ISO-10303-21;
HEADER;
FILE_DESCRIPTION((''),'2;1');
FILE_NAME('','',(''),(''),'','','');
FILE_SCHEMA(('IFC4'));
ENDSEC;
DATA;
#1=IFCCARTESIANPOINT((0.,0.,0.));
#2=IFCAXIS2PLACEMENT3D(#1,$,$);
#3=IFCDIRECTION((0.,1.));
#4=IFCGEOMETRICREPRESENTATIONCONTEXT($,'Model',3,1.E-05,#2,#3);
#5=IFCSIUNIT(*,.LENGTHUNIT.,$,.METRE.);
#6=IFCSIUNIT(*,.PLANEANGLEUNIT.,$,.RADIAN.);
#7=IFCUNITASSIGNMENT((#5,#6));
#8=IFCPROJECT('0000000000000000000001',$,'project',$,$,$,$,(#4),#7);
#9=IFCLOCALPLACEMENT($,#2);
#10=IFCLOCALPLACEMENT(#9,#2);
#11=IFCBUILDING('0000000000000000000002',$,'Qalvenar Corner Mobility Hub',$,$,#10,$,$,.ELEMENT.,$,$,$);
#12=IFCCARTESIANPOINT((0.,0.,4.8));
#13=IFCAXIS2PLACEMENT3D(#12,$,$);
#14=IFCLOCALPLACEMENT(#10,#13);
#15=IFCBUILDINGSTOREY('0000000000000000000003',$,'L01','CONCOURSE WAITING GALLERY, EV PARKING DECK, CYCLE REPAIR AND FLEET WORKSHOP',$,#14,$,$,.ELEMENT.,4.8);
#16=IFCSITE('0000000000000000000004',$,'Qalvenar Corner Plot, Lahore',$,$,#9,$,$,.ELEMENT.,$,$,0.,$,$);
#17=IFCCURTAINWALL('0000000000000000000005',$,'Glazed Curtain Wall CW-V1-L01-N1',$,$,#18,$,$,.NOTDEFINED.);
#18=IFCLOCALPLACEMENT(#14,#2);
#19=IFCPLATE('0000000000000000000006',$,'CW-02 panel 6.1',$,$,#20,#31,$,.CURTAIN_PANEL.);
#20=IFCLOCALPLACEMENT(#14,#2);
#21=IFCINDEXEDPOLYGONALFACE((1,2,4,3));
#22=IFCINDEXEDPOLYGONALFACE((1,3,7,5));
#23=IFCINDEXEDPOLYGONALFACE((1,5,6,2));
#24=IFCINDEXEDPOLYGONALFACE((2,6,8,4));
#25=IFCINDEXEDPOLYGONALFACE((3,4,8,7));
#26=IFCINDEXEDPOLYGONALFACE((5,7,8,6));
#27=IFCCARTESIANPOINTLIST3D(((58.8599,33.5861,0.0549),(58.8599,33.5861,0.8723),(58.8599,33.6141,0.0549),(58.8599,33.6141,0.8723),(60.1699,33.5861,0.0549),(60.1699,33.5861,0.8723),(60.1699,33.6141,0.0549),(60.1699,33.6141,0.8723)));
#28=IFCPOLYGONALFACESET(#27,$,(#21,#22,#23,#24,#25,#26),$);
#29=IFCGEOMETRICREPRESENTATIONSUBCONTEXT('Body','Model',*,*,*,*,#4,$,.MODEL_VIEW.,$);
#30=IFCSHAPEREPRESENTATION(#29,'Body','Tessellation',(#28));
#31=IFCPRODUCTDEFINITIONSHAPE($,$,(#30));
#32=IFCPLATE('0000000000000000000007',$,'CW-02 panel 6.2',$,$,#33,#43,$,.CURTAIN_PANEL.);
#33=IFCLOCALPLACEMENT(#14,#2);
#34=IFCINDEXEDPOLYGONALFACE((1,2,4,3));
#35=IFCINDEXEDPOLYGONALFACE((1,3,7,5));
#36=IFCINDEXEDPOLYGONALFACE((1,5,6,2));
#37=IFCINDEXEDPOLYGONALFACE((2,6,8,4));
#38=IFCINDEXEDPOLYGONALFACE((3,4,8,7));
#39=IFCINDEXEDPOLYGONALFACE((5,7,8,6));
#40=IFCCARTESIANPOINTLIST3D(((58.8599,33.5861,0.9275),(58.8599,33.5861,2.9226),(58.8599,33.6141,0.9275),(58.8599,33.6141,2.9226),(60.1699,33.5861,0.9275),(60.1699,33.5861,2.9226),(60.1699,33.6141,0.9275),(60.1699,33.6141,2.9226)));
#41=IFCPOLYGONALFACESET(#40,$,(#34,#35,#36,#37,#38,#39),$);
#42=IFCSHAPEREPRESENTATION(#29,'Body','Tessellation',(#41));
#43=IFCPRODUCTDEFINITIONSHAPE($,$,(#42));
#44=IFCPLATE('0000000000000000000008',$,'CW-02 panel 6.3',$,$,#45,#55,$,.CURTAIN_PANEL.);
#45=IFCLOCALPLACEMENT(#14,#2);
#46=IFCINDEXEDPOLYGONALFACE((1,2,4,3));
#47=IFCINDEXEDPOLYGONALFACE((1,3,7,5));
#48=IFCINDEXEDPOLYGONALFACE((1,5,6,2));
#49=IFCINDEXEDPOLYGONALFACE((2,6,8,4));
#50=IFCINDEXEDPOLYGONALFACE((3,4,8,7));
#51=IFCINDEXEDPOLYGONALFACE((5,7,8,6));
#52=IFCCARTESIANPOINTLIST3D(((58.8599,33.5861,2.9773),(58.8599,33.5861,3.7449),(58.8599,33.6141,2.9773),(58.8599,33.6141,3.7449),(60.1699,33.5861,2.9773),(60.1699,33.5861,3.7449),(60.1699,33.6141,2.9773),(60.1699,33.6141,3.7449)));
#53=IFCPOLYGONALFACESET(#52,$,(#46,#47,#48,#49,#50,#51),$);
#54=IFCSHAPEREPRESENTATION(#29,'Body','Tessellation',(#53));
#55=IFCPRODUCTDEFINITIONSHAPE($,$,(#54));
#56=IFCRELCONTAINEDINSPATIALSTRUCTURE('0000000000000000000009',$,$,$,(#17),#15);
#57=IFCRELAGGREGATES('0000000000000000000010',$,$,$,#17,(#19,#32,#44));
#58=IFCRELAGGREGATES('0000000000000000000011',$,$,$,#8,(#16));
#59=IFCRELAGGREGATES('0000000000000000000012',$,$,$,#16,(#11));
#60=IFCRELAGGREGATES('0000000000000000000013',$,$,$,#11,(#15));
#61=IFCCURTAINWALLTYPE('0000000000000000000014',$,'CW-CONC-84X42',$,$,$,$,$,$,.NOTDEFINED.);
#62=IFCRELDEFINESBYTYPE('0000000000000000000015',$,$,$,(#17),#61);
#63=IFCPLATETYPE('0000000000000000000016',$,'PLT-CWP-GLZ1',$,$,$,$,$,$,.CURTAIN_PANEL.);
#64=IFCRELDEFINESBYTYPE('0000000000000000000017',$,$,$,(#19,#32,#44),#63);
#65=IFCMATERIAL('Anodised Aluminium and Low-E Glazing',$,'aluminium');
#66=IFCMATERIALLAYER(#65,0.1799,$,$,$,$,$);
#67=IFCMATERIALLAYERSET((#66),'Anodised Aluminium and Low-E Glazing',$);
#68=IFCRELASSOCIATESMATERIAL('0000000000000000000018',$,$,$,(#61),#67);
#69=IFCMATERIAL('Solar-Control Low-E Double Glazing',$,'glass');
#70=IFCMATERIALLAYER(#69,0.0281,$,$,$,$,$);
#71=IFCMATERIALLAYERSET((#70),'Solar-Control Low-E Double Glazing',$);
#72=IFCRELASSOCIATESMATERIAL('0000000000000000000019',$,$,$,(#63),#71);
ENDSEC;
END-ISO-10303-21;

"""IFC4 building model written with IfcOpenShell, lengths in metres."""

from ifc_helpers import new_model, si_unit, direction, frame, origin, origin_2d, place, context, subcontext, project, spatial, rectangle, extrude, material, layer, layer_set, type_object, element, aggregate, save


model = new_model("IFC4")

# Units and contexts
model_context = context("Model", 3, precision=1e-05, world=origin(), true_north=direction((0.0, 1.0)))
body_context = subcontext(model_context, "Body", "Model", "MODEL_VIEW")
ifc_project = project(units=[si_unit("LENGTHUNIT", "METRE"), si_unit("PLANEANGLEUNIT", "RADIAN")], contexts=[model_context])

# Site, building, storey
site_placement = place(None, origin())
site = spatial("IfcSite", under=ifc_project, at=site_placement, Name="Qalvenar Corner Plot, Lahore", CompositionType="ELEMENT", RefElevation=0.0)
building_placement = place(site_placement, origin())
building = spatial("IfcBuilding", under=site, at=building_placement, Name="Qalvenar Corner Mobility Hub", CompositionType="ELEMENT")
storey_placement = place(building_placement, frame((0.0, 0.0, 4.8)))
storey = spatial("IfcBuildingStorey", under=building, at=storey_placement, Name="L01", Description="CONCOURSE WAITING GALLERY, EV PARKING DECK, CYCLE REPAIR AND FLEET WORKSHOP", CompositionType="ELEMENT", Elevation=4.8)

# Curtain wall, plates
ifc_material_1 = material(Name="Anodised Aluminium and Low-E Glazing", Category="aluminium")
ifc_layer_1 = layer(ifc_material_1, 0.1799)
ifc_layer_set_1 = layer_set([ifc_layer_1], Name="Anodised Aluminium and Low-E Glazing")
curtain_wall_type = type_object("IfcCurtainWallType", Name="CW-CONC-84X42", PredefinedType="NOTDEFINED", material=ifc_layer_set_1)
curtain_wall_placement = place(storey_placement, origin())
curtain_wall = element("IfcCurtainWall", 1, at=curtain_wall_placement, inside=storey, type_object=curtain_wall_type, Name="Glazed Curtain Wall CW-V1-L01-N1", PredefinedType="NOTDEFINED")
ifc_material_2 = material(Name="Solar-Control Low-E Double Glazing", Category="glass")
ifc_layer_2 = layer(ifc_material_2, 0.0281)
ifc_layer_set_2 = layer_set([ifc_layer_2], Name="Solar-Control Low-E Double Glazing")
plate_type = type_object("IfcPlateType", Name="PLT-CWP-GLZ1", PredefinedType="CURTAIN_PANEL", material=ifc_layer_set_2)
plate_1_placement = place(storey_placement, frame((59.5149, 33.6001, 0.0549), z_axis=(0.0, 0.0, 1.0), x_axis=(-1.0, 0.0, 0.0)))
plate_1 = element("IfcPlate", 2, at=plate_1_placement, type_object=plate_type, Name="CW-02 panel 6.1", PredefinedType="CURTAIN_PANEL", context=body_context, shape_type="SweptSolid", body=[
    extrude(rectangle(XDim=1.3101, YDim=0.0281, at=origin_2d()), origin(), (0.0, 0.0, 1.0), 0.8174),
])
plate_2_placement = place(storey_placement, frame((59.5149, 33.6001, 0.9275), z_axis=(0.0, 0.0, 1.0), x_axis=(-1.0, 0.0, 0.0)))
plate_2 = element("IfcPlate", 3, at=plate_2_placement, type_object=plate_type, Name="CW-02 panel 6.2", PredefinedType="CURTAIN_PANEL", context=body_context, shape_type="SweptSolid", body=[
    extrude(rectangle(XDim=1.3101, YDim=0.0281, at=origin_2d()), origin(), (0.0, 0.0, 1.0), 1.9951),
])
plate_3_placement = place(storey_placement, frame((59.5149, 33.6001, 2.9773), z_axis=(0.0, 0.0, 1.0), x_axis=(-1.0, 0.0, 0.0)))
plate_3 = element("IfcPlate", 4, at=plate_3_placement, type_object=plate_type, Name="CW-02 panel 6.3", PredefinedType="CURTAIN_PANEL", context=body_context, shape_type="SweptSolid", body=[
    extrude(rectangle(XDim=1.3101, YDim=0.0281, at=origin_2d()), origin(), (0.0, 0.0, 1.0), 0.7676),
])
aggregate(curtain_wall, [plate_1, plate_2, plate_3])

save(model, "model.ifc")
